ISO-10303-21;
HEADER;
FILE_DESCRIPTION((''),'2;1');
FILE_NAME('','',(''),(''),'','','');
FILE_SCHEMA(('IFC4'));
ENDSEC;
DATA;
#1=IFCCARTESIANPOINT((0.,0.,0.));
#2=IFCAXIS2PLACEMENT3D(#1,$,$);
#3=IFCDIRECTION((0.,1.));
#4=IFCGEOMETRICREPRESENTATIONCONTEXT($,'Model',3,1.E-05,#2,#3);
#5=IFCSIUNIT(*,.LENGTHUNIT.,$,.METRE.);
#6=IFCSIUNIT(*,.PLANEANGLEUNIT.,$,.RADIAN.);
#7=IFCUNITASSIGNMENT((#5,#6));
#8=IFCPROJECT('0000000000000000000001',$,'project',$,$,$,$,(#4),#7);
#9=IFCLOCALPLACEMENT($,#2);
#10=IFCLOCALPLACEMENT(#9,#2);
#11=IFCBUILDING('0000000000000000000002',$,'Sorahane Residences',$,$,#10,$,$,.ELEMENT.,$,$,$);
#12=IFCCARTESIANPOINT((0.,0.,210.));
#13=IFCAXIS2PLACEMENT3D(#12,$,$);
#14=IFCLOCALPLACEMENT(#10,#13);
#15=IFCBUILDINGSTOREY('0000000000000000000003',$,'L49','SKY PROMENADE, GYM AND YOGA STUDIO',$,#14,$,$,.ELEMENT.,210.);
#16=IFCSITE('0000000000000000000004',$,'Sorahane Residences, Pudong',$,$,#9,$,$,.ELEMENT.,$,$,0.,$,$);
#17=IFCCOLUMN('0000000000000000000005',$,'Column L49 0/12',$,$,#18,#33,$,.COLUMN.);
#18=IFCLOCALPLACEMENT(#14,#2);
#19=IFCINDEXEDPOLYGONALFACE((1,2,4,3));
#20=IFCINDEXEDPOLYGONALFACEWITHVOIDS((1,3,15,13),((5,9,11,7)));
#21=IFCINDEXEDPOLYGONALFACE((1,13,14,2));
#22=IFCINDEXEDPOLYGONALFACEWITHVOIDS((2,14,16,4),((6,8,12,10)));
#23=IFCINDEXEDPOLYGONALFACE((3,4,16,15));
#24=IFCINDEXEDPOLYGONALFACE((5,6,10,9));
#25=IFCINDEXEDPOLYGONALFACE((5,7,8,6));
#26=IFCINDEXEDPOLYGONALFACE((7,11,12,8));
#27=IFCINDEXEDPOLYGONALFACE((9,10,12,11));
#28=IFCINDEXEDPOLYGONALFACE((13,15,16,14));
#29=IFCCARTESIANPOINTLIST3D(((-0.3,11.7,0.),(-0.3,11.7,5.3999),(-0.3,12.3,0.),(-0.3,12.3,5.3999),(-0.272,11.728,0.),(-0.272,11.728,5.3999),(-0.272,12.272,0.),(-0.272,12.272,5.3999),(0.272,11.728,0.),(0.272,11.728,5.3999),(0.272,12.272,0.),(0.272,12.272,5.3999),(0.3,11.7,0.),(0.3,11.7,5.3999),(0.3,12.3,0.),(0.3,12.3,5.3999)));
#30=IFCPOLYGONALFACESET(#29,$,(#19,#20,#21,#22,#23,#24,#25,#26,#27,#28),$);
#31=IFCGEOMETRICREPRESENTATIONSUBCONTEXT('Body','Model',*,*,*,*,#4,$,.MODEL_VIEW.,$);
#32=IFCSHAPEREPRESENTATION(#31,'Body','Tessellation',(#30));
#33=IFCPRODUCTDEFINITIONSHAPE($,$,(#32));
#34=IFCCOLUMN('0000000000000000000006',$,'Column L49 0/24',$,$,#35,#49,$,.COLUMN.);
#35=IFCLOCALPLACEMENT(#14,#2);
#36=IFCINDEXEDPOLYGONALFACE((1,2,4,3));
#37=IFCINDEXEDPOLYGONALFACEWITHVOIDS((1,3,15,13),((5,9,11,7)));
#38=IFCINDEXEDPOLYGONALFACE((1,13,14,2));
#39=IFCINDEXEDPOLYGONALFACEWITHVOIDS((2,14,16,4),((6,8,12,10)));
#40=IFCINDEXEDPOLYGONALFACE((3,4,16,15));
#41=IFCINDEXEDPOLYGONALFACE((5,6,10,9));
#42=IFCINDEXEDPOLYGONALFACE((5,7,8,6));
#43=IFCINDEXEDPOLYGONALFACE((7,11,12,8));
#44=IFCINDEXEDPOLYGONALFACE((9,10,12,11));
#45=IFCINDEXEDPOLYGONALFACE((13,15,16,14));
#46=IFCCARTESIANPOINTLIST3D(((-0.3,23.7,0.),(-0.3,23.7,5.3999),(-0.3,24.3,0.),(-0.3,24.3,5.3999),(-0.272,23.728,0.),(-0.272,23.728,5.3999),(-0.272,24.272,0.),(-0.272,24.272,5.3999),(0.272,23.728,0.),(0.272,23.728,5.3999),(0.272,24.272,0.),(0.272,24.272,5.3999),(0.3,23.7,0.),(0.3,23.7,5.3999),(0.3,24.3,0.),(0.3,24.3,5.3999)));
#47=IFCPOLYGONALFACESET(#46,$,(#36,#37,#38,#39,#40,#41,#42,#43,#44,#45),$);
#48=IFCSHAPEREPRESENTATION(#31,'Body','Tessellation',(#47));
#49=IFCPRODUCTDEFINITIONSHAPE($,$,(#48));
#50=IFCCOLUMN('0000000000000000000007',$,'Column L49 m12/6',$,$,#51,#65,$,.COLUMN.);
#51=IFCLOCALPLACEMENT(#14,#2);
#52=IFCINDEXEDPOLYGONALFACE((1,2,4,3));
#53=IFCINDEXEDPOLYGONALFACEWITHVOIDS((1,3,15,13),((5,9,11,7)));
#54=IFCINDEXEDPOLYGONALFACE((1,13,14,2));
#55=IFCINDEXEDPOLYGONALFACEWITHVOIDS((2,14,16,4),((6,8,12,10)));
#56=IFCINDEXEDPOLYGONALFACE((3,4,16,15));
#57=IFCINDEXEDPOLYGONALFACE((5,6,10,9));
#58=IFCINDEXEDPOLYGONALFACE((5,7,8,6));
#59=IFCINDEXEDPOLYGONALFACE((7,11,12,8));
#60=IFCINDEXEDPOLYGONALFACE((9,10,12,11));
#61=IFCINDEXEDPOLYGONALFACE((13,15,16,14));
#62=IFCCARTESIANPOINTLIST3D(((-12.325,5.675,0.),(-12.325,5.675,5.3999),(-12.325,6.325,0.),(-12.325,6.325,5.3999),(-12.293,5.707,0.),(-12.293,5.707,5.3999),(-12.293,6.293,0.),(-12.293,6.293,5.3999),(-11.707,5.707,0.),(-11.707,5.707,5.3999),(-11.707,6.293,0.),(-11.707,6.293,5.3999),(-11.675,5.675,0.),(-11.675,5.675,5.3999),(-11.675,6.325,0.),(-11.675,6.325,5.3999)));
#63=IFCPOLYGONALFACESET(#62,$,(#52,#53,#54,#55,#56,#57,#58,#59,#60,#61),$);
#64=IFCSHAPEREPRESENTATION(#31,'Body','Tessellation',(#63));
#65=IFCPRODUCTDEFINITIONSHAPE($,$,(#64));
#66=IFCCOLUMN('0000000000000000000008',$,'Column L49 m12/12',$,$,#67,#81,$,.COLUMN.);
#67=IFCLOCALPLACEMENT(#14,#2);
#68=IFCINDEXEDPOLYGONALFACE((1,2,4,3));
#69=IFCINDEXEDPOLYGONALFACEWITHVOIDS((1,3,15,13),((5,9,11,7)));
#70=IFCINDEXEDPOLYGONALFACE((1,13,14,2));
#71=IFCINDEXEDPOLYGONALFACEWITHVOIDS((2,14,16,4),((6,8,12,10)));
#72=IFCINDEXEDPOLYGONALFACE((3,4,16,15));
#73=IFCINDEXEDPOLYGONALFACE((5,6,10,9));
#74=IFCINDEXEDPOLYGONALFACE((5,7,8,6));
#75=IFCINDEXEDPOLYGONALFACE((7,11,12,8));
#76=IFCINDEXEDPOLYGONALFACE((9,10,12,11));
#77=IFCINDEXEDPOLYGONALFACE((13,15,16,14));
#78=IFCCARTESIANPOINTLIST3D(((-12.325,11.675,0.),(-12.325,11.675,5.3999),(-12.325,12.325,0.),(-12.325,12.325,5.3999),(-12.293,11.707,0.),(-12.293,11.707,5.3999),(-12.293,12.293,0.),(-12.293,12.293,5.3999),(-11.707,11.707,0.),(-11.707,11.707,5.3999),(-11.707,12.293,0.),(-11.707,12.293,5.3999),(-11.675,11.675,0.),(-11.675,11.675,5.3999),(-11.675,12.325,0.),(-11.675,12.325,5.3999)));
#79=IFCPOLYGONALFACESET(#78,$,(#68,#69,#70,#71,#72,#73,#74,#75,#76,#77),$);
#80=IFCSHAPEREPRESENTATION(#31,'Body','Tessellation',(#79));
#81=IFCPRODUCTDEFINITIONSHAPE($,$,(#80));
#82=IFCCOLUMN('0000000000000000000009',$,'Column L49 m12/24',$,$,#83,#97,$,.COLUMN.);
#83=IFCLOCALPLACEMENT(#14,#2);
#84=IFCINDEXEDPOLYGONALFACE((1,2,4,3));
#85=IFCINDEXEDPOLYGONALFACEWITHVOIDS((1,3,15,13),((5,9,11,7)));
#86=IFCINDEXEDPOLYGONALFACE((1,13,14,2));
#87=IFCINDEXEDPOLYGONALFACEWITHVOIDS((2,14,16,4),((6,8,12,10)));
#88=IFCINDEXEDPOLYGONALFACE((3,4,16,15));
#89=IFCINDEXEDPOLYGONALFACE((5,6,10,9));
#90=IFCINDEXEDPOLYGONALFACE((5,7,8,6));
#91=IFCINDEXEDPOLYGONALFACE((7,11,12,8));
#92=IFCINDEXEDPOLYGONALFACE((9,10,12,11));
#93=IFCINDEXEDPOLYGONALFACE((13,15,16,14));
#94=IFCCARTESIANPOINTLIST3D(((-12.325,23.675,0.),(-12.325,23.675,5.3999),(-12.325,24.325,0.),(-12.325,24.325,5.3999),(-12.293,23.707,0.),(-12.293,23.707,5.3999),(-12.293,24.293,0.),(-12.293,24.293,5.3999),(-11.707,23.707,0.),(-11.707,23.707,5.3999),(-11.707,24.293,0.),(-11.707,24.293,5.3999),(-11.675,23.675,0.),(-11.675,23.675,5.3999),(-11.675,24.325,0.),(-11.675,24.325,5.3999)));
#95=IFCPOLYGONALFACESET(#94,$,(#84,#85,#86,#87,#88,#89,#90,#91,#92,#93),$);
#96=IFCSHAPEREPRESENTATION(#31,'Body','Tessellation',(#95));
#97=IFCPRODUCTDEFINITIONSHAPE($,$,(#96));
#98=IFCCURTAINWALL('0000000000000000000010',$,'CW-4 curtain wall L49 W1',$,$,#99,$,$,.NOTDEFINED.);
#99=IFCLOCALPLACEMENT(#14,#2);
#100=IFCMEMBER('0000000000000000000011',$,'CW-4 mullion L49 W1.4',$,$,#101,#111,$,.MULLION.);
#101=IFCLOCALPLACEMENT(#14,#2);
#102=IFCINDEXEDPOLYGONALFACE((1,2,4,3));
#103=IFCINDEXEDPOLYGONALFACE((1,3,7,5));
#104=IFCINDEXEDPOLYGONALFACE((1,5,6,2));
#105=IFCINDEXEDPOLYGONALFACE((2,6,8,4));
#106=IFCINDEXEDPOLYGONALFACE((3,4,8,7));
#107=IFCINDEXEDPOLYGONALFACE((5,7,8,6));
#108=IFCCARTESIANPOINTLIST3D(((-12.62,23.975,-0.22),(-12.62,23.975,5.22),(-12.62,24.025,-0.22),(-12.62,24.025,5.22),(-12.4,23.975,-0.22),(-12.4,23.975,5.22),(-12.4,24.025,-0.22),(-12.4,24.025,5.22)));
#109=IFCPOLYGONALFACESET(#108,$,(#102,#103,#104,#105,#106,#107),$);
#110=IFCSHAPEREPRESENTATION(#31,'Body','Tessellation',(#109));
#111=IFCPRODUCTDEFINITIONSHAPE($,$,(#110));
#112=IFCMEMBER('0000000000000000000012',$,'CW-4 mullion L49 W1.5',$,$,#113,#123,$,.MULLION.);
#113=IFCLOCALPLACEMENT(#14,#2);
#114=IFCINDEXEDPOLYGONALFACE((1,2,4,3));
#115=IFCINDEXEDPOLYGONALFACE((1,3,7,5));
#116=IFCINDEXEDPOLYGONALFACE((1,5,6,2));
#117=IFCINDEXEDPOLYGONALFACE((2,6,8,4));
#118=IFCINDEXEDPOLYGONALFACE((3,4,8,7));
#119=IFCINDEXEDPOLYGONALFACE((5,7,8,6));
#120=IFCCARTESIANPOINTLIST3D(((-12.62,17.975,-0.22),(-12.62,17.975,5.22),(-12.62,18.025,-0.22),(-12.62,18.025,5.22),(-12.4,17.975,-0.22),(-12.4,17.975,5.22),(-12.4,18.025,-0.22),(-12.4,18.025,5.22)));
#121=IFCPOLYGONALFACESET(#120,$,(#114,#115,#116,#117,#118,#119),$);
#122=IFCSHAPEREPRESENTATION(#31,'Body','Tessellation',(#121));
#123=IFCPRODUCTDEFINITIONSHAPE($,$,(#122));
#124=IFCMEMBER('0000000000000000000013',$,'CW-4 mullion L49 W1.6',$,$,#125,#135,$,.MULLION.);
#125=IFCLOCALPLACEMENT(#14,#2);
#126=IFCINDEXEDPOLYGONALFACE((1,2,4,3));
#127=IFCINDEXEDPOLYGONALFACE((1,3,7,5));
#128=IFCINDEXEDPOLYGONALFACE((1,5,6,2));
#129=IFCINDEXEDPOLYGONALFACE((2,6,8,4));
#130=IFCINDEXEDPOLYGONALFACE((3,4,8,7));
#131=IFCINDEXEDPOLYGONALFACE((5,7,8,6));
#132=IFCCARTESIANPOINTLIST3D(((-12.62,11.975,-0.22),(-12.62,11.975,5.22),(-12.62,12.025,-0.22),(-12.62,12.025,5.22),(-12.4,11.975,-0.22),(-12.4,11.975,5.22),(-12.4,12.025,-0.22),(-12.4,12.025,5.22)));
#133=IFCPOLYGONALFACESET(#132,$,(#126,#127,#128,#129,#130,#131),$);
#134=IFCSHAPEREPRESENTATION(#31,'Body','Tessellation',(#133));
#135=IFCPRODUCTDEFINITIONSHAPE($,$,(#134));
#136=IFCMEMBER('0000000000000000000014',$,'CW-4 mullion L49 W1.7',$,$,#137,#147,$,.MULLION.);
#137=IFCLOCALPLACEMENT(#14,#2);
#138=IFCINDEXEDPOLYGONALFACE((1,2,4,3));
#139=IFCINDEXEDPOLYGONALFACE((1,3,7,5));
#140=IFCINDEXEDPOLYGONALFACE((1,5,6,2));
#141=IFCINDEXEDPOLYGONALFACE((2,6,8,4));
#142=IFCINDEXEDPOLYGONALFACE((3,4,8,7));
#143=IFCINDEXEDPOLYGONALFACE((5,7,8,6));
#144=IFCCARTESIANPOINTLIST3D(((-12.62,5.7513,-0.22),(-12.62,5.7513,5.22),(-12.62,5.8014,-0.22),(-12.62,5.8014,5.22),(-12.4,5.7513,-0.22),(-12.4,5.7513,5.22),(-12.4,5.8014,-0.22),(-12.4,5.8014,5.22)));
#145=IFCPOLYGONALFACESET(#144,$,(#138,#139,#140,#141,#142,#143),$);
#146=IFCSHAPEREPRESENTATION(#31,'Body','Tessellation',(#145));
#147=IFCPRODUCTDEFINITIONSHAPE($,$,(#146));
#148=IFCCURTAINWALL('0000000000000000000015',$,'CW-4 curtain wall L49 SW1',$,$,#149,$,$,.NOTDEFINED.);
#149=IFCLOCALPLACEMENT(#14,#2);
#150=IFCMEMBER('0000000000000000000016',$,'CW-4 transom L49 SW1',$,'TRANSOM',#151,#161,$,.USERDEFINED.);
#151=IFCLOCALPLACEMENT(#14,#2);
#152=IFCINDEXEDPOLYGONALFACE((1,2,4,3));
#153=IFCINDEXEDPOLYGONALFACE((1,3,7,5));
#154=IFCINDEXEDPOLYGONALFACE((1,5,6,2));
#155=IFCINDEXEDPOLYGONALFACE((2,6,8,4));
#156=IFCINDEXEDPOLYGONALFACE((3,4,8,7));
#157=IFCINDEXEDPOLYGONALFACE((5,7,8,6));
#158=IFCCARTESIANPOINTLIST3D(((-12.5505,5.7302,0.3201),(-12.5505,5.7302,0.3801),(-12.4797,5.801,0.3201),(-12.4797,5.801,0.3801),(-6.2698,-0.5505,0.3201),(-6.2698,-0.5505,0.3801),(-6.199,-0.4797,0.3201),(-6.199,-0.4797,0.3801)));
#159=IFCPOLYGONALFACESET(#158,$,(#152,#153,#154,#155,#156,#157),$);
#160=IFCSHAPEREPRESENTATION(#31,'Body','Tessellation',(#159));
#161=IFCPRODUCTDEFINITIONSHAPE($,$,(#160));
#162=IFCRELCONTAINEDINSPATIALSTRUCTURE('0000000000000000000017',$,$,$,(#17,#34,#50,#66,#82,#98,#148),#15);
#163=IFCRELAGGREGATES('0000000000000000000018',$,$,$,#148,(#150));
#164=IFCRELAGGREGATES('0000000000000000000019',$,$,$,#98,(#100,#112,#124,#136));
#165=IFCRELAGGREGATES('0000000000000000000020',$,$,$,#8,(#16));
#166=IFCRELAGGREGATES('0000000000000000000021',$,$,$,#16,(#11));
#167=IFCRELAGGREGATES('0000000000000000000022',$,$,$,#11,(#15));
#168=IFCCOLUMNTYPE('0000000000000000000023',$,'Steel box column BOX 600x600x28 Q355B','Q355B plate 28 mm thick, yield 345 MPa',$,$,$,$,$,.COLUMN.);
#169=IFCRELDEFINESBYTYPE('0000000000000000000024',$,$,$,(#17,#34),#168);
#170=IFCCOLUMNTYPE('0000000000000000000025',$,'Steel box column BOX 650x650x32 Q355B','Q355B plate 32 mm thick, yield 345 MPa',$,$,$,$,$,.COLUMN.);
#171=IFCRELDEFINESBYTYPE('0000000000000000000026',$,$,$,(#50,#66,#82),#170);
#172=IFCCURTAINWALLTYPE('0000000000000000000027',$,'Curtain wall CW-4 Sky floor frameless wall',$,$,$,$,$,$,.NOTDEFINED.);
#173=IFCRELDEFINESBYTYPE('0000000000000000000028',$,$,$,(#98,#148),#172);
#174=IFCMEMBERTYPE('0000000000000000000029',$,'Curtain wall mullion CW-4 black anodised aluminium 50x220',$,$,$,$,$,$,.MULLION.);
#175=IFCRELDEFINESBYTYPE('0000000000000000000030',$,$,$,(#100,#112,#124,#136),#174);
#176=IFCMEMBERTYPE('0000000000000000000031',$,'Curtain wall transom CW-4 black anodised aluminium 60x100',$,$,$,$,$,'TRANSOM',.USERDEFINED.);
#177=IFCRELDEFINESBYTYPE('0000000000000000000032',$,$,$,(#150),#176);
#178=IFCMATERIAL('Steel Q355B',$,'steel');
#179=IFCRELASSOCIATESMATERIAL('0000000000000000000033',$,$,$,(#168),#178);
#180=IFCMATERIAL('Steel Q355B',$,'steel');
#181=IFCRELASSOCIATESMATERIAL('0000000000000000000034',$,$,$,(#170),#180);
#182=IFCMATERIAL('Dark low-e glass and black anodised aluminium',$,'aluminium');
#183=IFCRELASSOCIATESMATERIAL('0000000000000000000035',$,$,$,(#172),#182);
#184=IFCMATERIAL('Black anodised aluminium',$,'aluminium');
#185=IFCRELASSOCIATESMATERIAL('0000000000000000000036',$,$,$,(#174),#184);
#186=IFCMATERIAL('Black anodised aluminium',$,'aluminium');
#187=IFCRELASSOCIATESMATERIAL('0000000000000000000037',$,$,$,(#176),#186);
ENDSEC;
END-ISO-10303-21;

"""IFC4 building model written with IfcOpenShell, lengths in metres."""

from ifc_helpers import new_model, si_unit, direction, frame, origin, origin_2d, place, context, subcontext, project, spatial, rectangle, hollow_rectangle, extrude, material, material_profile, profile_set, type_object, element, aggregate, save


model = new_model("IFC4")

# Units and contexts
model_context = context("Model", 3, precision=1e-05, world=origin(), true_north=direction((0.0, 1.0)))
body_context = subcontext(model_context, "Body", "Model", "MODEL_VIEW")
ifc_project = project(units=[si_unit("LENGTHUNIT", "METRE"), si_unit("PLANEANGLEUNIT", "RADIAN")], contexts=[model_context])

# Site, building, storey
site_placement = place(None, origin())
site = spatial("IfcSite", under=ifc_project, at=site_placement, Name="Sorahane Residences, Pudong", CompositionType="ELEMENT", RefElevation=0.0)
building_placement = place(site_placement, origin())
building = spatial("IfcBuilding", under=site, at=building_placement, Name="Sorahane Residences", CompositionType="ELEMENT")
storey_placement = place(building_placement, frame((0.0, 0.0, 210.0)))
storey = spatial("IfcBuildingStorey", under=building, at=storey_placement, Name="L49", Description="SKY PROMENADE, GYM AND YOGA STUDIO", CompositionType="ELEMENT", Elevation=210.0)

# Columns
ifc_material_1 = material(Name="Steel Q355B", Category="steel")
ifc_material_profile_1 = material_profile(ifc_material_1, hollow_rectangle(XDim=0.6001, YDim=0.6001, WallThickness=0.0281, at=origin_2d()), Name="BOX 600x600x28")
ifc_profile_set_1 = profile_set([ifc_material_profile_1], Name="Steel Q355B")
column_type_1 = type_object("IfcColumnType", Name="Steel box column BOX 600x600x28 Q355B", Description="Q355B plate 28 mm thick, yield 345 MPa", PredefinedType="COLUMN", material=ifc_profile_set_1)
for number, where, z_axis, x_axis, name in (
    (1, (0.0, 12.0, 0.0), (0.0, 0.0, 1.0), (1.0, 0.0, 0.0), "Column L49 0/12"),
    (2, (0.0, 24.0, 0.0), (0.0, 0.0, 1.0), (1.0, 0.0, 0.0), "Column L49 0/24"),
):
    element("IfcColumn", number, at=place(storey_placement, frame(where, z_axis=z_axis, x_axis=x_axis)), inside=storey, type_object=column_type_1, Name=name, PredefinedType="COLUMN", context=body_context, shape_type="SweptSolid", body=[
        extrude(hollow_rectangle(XDim=0.6001, YDim=0.6001, WallThickness=0.0281, at=origin_2d()), origin(), (0.0, 0.0, 1.0), 5.3999),
    ])
ifc_material_2 = material(Name="Steel Q355B", Category="steel")
ifc_material_profile_2 = material_profile(ifc_material_2, hollow_rectangle(XDim=0.6499, YDim=0.6499, WallThickness=0.032, at=origin_2d()), Name="BOX 650x650x32")
ifc_profile_set_2 = profile_set([ifc_material_profile_2], Name="Steel Q355B")
column_type_2 = type_object("IfcColumnType", Name="Steel box column BOX 650x650x32 Q355B", Description="Q355B plate 32 mm thick, yield 345 MPa", PredefinedType="COLUMN", material=ifc_profile_set_2)
for number, where, z_axis, x_axis, name in (
    (3, (-12.0, 6.0, 0.0), (0.0, 0.0, 1.0), (1.0, 0.0, 0.0), "Column L49 m12/6"),
    (4, (-12.0, 12.0, 0.0), (0.0, 0.0, 1.0), (1.0, 0.0, 0.0), "Column L49 m12/12"),
    (5, (-12.0, 24.0, 0.0), (0.0, 0.0, 1.0), (1.0, 0.0, 0.0), "Column L49 m12/24"),
):
    element("IfcColumn", number, at=place(storey_placement, frame(where, z_axis=z_axis, x_axis=x_axis)), inside=storey, type_object=column_type_2, Name=name, PredefinedType="COLUMN", context=body_context, shape_type="SweptSolid", body=[
        extrude(hollow_rectangle(XDim=0.6499, YDim=0.6499, WallThickness=0.032, at=origin_2d()), origin(), (0.0, 0.0, 1.0), 5.3999),
    ])

# Curtain wall, members
ifc_material_3 = material(Name="Dark low-e glass and black anodised aluminium", Category="aluminium")
curtain_wall_type = type_object("IfcCurtainWallType", Name="Curtain wall CW-4 Sky floor frameless wall", PredefinedType="NOTDEFINED", material=ifc_material_3)
curtain_wall_1_placement = place(storey_placement, origin())
curtain_wall_1 = element("IfcCurtainWall", 6, at=curtain_wall_1_placement, inside=storey, type_object=curtain_wall_type, Name="CW-4 curtain wall L49 W1", PredefinedType="NOTDEFINED")
ifc_material_4 = material(Name="Black anodised aluminium", Category="aluminium")
ifc_material_profile_3 = material_profile(ifc_material_4, rectangle(XDim=0.22, YDim=0.05, at=origin_2d()), Name="Curtain wall mullion CW-4 black anodised aluminium 50x220")
ifc_profile_set_3 = profile_set([ifc_material_profile_3], Name="Black anodised aluminium")
member_type_1 = type_object("IfcMemberType", Name="Curtain wall mullion CW-4 black anodised aluminium 50x220", PredefinedType="MULLION", material=ifc_profile_set_3)
member_1_placement = place(storey_placement, frame((-12.51, 24.0, -0.22), z_axis=(0.0, 0.0, 1.0), x_axis=(-1.0, 0.0, 0.0)))
member_1 = element("IfcMember", 7, at=member_1_placement, type_object=member_type_1, Name="CW-4 mullion L49 W1.4", PredefinedType="MULLION", context=body_context, shape_type="SweptSolid", body=[
    extrude(rectangle(XDim=0.22, YDim=0.05, at=origin_2d()), origin(), (0.0, 0.0, 1.0), 5.4399),
])
member_2_placement = place(storey_placement, frame((-12.51, 18.0, -0.22), z_axis=(0.0, 0.0, 1.0), x_axis=(-1.0, 0.0, 0.0)))
member_2 = element("IfcMember", 8, at=member_2_placement, type_object=member_type_1, Name="CW-4 mullion L49 W1.5", PredefinedType="MULLION", context=body_context, shape_type="SweptSolid", body=[
    extrude(rectangle(XDim=0.22, YDim=0.05, at=origin_2d()), origin(), (0.0, 0.0, 1.0), 5.4399),
])
member_3_placement = place(storey_placement, frame((-12.51, 12.0, -0.22), z_axis=(0.0, 0.0, 1.0), x_axis=(-1.0, 0.0, 0.0)))
member_3 = element("IfcMember", 9, at=member_3_placement, type_object=member_type_1, Name="CW-4 mullion L49 W1.6", PredefinedType="MULLION", context=body_context, shape_type="SweptSolid", body=[
    extrude(rectangle(XDim=0.22, YDim=0.05, at=origin_2d()), origin(), (0.0, 0.0, 1.0), 5.4399),
])
member_4_placement = place(storey_placement, frame((-12.51, 5.7764, -0.22), z_axis=(0.0, 0.0, 1.0), x_axis=(-1.0, 0.0, 0.0)))
member_4 = element("IfcMember", 10, at=member_4_placement, type_object=member_type_1, Name="CW-4 mullion L49 W1.7", PredefinedType="MULLION", context=body_context, shape_type="SweptSolid", body=[
    extrude(rectangle(XDim=0.22, YDim=0.05, at=origin_2d()), origin(), (0.0, 0.0, 1.0), 5.4399),
])

# Curtain wall, member
curtain_wall_2_placement = place(storey_placement, origin())
curtain_wall_2 = element("IfcCurtainWall", 11, at=curtain_wall_2_placement, inside=storey, type_object=curtain_wall_type, Name="CW-4 curtain wall L49 SW1", PredefinedType="NOTDEFINED")
ifc_material_5 = material(Name="Black anodised aluminium", Category="aluminium")
ifc_material_profile_4 = material_profile(ifc_material_5, rectangle(XDim=0.1001, YDim=0.0601, at=origin_2d()), Name="Curtain wall transom CW-4 black anodised aluminium 60x100")
ifc_profile_set_4 = profile_set([ifc_material_profile_4], Name="Black anodised aluminium")
member_type_2 = type_object("IfcMemberType", Name="Curtain wall transom CW-4 black anodised aluminium 60x100", ElementType="TRANSOM", PredefinedType="USERDEFINED", material=ifc_profile_set_4)
member_5_placement = place(storey_placement, frame((-12.5151, 5.7656, 0.3501), z_axis=(0.707107, -0.707107, 0.0), x_axis=(0.707107, 0.707107, 0.0)))
member_5 = element("IfcMember", 12, at=member_5_placement, type_object=member_type_2, Name="CW-4 transom L49 SW1", ObjectType="TRANSOM", PredefinedType="USERDEFINED", context=body_context, shape_type="SweptSolid", body=[
    extrude(rectangle(XDim=0.1001, YDim=0.0601, at=origin_2d()), origin(), (0.0, 0.0, 1.0), 8.8823),
])
aggregate(curtain_wall_2, [member_5])

aggregate(curtain_wall_1, [member_1, member_2, member_3, member_4])

save(model, "model.ifc")
